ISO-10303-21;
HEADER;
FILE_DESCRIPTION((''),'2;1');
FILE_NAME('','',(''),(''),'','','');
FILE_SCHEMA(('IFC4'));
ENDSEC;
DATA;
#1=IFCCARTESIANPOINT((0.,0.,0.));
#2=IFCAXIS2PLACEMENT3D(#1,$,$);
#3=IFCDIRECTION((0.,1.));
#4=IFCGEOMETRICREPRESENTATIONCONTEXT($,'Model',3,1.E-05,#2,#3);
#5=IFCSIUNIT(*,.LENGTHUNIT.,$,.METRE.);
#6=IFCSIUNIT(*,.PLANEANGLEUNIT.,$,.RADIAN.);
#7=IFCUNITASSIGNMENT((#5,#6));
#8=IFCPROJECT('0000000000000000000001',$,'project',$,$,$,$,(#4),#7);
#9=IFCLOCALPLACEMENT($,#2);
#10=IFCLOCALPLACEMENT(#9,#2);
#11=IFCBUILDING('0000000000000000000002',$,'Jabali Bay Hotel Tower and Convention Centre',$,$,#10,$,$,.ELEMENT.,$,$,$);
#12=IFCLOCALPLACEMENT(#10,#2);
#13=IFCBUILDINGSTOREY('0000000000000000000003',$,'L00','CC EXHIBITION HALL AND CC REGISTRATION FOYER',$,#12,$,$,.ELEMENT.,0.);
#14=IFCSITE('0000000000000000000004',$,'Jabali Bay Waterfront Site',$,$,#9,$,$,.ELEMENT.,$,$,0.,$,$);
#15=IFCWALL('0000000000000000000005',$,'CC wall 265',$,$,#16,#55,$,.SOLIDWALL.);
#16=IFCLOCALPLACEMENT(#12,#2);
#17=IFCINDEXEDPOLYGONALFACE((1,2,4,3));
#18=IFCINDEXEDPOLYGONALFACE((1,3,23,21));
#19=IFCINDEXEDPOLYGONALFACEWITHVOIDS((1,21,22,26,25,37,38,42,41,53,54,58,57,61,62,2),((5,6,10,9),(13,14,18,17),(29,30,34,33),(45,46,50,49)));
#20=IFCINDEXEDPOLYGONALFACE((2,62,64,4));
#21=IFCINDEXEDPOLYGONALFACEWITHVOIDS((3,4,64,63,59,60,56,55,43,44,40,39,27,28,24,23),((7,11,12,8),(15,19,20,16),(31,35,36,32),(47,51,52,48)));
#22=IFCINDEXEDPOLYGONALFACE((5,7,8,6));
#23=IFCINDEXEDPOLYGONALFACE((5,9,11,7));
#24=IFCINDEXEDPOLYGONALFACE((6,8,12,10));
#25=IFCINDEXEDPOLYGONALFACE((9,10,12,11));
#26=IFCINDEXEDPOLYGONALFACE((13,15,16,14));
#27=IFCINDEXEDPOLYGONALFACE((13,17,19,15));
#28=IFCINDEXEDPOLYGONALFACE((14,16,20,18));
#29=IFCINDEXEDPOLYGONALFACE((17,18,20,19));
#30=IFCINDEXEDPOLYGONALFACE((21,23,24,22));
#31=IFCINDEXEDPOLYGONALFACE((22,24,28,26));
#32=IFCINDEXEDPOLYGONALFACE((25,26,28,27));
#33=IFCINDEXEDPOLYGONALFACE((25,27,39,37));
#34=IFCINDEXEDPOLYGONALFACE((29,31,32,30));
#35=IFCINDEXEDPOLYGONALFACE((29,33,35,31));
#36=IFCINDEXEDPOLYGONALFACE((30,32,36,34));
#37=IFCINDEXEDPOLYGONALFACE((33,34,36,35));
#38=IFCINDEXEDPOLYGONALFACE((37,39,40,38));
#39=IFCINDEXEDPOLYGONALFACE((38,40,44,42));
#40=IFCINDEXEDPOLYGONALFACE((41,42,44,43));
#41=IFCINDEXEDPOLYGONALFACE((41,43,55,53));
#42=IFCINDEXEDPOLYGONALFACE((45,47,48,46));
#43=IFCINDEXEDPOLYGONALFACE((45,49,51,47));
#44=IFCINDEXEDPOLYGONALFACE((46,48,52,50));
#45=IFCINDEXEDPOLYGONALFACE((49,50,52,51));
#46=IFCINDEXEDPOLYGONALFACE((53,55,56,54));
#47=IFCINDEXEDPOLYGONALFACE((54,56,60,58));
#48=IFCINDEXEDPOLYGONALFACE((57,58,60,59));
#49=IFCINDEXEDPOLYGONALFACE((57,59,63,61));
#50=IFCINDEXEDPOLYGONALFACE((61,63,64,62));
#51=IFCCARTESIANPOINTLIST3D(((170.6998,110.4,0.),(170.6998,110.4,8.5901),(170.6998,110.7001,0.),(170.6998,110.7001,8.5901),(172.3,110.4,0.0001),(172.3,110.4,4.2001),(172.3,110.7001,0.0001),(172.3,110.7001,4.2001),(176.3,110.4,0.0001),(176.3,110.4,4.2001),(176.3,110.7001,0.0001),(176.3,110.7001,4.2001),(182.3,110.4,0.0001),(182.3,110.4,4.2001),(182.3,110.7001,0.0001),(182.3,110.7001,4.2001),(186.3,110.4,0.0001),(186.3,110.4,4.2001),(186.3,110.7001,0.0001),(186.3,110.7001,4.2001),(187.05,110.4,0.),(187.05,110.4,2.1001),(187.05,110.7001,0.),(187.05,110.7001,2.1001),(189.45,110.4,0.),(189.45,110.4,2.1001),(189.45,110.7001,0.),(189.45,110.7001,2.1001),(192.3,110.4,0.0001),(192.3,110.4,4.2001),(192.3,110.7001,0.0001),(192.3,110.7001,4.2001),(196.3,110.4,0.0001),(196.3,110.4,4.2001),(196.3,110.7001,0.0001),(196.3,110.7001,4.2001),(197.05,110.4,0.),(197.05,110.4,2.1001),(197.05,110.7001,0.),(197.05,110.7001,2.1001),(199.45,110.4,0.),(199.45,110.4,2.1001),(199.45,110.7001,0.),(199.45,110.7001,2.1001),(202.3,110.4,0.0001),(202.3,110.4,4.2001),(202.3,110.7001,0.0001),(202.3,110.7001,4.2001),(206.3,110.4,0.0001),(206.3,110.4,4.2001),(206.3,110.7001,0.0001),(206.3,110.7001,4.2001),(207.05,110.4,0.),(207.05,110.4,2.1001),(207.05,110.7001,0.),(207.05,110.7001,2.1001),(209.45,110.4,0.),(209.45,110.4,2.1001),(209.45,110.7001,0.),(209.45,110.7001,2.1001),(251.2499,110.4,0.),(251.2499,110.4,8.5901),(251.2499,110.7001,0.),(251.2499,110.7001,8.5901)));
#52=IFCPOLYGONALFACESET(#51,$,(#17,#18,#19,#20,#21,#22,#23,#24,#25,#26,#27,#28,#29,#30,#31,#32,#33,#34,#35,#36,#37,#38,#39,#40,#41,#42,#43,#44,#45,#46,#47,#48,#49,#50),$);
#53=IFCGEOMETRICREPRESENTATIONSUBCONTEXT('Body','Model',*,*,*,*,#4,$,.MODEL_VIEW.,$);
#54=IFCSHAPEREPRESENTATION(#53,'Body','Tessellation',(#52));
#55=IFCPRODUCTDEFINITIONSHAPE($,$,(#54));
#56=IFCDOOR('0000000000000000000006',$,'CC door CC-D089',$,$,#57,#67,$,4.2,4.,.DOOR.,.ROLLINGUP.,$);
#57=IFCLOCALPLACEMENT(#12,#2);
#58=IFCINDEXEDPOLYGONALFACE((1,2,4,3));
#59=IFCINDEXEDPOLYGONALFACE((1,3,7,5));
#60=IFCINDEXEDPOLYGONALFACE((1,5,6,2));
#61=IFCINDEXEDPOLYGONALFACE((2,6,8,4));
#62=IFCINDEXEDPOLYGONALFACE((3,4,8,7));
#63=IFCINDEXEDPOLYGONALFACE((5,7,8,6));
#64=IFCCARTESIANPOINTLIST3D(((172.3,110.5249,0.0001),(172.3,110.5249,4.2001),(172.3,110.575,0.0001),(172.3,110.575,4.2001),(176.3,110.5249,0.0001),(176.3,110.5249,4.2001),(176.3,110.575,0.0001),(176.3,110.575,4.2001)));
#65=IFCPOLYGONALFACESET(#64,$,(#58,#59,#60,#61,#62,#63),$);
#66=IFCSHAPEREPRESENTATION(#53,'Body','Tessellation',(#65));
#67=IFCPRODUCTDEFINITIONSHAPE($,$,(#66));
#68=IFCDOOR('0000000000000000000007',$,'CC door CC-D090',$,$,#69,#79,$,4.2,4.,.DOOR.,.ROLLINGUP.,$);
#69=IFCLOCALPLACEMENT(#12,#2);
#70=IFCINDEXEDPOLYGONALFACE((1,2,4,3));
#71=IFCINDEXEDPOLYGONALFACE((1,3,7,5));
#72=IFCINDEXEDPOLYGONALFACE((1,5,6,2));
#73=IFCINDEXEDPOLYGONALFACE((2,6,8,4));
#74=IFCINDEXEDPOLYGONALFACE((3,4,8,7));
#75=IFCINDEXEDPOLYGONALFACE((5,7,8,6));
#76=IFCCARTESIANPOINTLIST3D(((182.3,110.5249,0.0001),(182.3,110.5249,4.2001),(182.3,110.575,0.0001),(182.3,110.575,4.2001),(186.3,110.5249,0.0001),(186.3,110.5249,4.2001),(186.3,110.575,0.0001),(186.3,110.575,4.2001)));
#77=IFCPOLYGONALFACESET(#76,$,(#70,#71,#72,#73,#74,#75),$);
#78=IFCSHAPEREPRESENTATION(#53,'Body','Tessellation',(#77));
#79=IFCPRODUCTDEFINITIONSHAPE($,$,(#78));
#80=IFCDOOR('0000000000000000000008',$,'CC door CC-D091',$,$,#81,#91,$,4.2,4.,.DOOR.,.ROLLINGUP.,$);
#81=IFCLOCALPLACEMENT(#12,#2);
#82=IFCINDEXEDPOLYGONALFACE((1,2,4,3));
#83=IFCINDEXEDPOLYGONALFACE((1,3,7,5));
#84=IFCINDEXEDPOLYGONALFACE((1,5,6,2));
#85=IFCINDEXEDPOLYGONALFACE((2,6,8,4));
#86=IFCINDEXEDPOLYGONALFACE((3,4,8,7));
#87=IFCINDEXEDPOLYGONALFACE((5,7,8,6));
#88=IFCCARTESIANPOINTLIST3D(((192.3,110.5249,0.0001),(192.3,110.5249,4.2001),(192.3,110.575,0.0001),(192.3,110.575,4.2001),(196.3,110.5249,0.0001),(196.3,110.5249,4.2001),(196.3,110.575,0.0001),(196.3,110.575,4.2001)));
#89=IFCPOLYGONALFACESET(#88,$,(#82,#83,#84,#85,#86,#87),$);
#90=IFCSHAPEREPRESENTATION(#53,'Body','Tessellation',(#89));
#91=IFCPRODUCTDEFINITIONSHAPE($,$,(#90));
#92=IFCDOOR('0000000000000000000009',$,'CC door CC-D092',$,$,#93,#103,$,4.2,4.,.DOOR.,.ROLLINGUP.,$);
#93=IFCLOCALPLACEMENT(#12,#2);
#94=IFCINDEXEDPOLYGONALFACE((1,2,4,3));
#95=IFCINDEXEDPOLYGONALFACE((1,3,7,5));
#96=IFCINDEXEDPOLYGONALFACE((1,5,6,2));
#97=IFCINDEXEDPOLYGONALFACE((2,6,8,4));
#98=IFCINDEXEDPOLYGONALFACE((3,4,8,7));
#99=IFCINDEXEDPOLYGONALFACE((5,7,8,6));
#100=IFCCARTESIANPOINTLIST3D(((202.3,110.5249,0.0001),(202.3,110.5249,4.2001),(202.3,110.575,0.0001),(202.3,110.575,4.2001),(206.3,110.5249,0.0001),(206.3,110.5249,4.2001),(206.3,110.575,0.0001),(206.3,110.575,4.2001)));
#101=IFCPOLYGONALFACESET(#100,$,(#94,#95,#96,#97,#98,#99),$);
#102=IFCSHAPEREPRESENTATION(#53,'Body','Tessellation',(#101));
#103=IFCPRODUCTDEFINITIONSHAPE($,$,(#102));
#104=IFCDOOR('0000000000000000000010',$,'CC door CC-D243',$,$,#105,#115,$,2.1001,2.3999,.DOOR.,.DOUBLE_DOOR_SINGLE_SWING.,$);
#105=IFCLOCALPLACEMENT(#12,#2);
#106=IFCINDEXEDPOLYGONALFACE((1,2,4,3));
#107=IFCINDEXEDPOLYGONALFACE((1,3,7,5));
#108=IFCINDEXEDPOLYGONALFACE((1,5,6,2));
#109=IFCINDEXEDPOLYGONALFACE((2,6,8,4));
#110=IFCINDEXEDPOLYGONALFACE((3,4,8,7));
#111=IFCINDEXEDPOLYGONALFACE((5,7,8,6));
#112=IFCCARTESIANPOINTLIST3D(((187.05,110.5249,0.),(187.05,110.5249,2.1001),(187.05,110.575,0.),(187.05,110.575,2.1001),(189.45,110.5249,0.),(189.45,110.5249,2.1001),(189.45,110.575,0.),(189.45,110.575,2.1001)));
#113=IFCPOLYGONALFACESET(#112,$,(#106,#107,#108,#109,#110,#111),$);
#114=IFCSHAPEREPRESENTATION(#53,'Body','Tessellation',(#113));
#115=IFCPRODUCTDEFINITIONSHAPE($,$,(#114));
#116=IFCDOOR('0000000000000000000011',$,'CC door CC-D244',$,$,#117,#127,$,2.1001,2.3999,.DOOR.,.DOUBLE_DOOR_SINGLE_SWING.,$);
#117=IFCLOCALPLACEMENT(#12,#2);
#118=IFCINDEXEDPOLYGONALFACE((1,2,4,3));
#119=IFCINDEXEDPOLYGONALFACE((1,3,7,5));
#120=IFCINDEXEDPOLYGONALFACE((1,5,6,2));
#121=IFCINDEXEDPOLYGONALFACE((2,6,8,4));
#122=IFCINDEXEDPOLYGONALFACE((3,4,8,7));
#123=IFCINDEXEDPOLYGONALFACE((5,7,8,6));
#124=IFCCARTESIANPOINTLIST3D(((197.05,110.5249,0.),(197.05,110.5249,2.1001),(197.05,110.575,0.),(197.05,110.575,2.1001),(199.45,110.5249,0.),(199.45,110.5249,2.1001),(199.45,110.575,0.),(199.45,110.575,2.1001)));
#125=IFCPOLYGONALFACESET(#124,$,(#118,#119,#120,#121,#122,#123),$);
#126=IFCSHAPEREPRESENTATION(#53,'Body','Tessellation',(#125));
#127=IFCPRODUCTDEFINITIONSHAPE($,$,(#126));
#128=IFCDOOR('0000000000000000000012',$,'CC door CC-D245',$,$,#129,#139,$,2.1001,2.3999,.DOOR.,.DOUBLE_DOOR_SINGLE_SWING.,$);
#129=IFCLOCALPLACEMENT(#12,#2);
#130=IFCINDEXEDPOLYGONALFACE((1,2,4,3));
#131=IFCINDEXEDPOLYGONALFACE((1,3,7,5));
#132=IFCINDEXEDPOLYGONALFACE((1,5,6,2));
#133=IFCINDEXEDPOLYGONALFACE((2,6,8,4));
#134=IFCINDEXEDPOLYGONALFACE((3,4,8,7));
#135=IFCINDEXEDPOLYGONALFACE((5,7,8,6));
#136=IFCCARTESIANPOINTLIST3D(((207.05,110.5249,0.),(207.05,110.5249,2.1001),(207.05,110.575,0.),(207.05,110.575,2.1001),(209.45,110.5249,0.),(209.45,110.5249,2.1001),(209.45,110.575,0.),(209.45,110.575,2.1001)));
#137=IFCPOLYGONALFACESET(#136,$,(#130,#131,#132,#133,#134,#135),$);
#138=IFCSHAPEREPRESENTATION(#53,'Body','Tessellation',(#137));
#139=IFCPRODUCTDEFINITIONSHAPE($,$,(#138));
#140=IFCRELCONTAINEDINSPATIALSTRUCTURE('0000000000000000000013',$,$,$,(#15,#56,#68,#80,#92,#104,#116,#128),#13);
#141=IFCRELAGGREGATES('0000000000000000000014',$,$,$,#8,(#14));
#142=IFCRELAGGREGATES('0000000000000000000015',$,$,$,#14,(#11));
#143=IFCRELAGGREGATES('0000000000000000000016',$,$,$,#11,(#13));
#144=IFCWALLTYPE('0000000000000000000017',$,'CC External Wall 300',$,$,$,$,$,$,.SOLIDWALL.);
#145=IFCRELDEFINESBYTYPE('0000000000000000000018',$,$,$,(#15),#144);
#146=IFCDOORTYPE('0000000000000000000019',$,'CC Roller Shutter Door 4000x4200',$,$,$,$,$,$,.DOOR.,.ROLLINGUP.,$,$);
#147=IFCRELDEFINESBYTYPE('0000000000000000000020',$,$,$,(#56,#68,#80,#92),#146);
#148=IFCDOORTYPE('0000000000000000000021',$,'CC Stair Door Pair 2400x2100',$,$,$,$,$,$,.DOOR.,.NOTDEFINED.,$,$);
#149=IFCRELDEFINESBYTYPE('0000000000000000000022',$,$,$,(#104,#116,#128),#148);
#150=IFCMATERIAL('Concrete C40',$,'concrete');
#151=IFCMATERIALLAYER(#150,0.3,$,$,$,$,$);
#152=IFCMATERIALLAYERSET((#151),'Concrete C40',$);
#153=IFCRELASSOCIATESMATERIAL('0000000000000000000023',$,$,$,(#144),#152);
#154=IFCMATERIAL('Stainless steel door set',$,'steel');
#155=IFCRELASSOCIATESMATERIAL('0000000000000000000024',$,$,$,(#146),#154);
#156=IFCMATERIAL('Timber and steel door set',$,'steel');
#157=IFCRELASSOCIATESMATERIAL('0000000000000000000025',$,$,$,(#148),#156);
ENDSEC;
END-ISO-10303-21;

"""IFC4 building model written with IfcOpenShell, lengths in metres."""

from ifc_helpers import new_model, si_unit, direction, frame, frame_2d, origin, place, context, subcontext, project, spatial, rectangle, extrude, material, layer, layer_set, type_object, element, fill, save


model = new_model("IFC4")

# Units and contexts
model_context = context("Model", 3, precision=1e-05, world=origin(), true_north=direction((0.0, 1.0)))
body_context = subcontext(model_context, "Body", "Model", "MODEL_VIEW")
ifc_project = project(units=[si_unit("LENGTHUNIT", "METRE"), si_unit("PLANEANGLEUNIT", "RADIAN")], contexts=[model_context])

# Site, building, storey
site_placement = place(None, origin())
site = spatial("IfcSite", under=ifc_project, at=site_placement, Name="Jabali Bay Waterfront Site", CompositionType="ELEMENT", RefElevation=0.0)
building_placement = place(site_placement, origin())
building = spatial("IfcBuilding", under=site, at=building_placement, Name="Jabali Bay Hotel Tower and Convention Centre", CompositionType="ELEMENT")
storey_placement = place(building_placement, origin())
storey = spatial("IfcBuildingStorey", under=building, at=storey_placement, Name="L00", Description="CC EXHIBITION HALL AND CC REGISTRATION FOYER", CompositionType="ELEMENT", Elevation=0.0)

# Wall, openings, doors
ifc_material_1 = material(Name="Concrete C40", Category="concrete")
ifc_layer_1 = layer(ifc_material_1, 0.3)
ifc_layer_set_1 = layer_set([ifc_layer_1], Name="Concrete C40")
wall_type_1 = type_object("IfcWallType", Name="CC External Wall 300", PredefinedType="SOLIDWALL", material=ifc_layer_set_1)
wall_1_placement = place(storey_placement, frame((170.7, 110.55, 0.0), z_axis=(0.0, 0.0, 1.0), x_axis=(1.0, 0.0, 0.0)))
wall_1 = element("IfcWall", 1, at=wall_1_placement, inside=storey, type_object=wall_type_1, Name="CC wall 265", PredefinedType="SOLIDWALL", context=body_context, shape_type="SweptSolid", body=[
    extrude(rectangle(XDim=80.55, YDim=0.3, at=frame_2d((40.2749, 0.0))), origin(), (0.0, 0.0, 1.0), 8.5901),
])
opening_1_placement = place(wall_1_placement, frame((1.6001, 0.0, 0.0)))
opening_1 = element("IfcOpeningElement", 2, at=opening_1_placement, cuts=wall_1, PredefinedType="OPENING", context=body_context, shape_type="SweptSolid", body=[
    extrude(rectangle(XDim=4.0, YDim=4.2, at=frame_2d((2.0, 2.1001))), frame((0.0, 0.1606, 0.0), z_axis=(0.0, -1.0, 0.0), x_axis=(1.0, 0.0, 0.0)), (0.0, 0.0, 1.0), 0.321),
])
opening_2_placement = place(wall_1_placement, frame((11.6001, 0.0, 0.0)))
opening_2 = element("IfcOpeningElement", 3, at=opening_2_placement, cuts=wall_1, PredefinedType="OPENING", context=body_context, shape_type="SweptSolid", body=[
    extrude(rectangle(XDim=4.0, YDim=4.2, at=frame_2d((2.0, 2.1001))), frame((0.0, 0.1606, 0.0), z_axis=(0.0, -1.0, 0.0), x_axis=(1.0, 0.0, 0.0)), (0.0, 0.0, 1.0), 0.321),
])
opening_3_placement = place(wall_1_placement, frame((21.6001, 0.0, 0.0)))
opening_3 = element("IfcOpeningElement", 4, at=opening_3_placement, cuts=wall_1, PredefinedType="OPENING", context=body_context, shape_type="SweptSolid", body=[
    extrude(rectangle(XDim=4.0, YDim=4.2, at=frame_2d((2.0, 2.1001))), frame((0.0, 0.1606, 0.0), z_axis=(0.0, -1.0, 0.0), x_axis=(1.0, 0.0, 0.0)), (0.0, 0.0, 1.0), 0.321),
])
opening_4_placement = place(wall_1_placement, frame((31.6001, 0.0, 0.0)))
opening_4 = element("IfcOpeningElement", 5, at=opening_4_placement, cuts=wall_1, PredefinedType="OPENING", context=body_context, shape_type="SweptSolid", body=[
    extrude(rectangle(XDim=4.0, YDim=4.2, at=frame_2d((2.0, 2.1001))), frame((0.0, 0.1606, 0.0), z_axis=(0.0, -1.0, 0.0), x_axis=(1.0, 0.0, 0.0)), (0.0, 0.0, 1.0), 0.321),
])
opening_5_placement = place(wall_1_placement, frame((16.3501, 0.0, 0.0)))
opening_5 = element("IfcOpeningElement", 6, at=opening_5_placement, cuts=wall_1, PredefinedType="OPENING", context=body_context, shape_type="SweptSolid", body=[
    extrude(rectangle(XDim=2.3999, YDim=2.1001, at=frame_2d((1.2, 1.05))), frame((0.0, 0.1606, 0.0), z_axis=(0.0, -1.0, 0.0), x_axis=(1.0, 0.0, 0.0)), (0.0, 0.0, 1.0), 0.321),
])
opening_6_placement = place(wall_1_placement, frame((26.3501, 0.0, 0.0)))
opening_6 = element("IfcOpeningElement", 7, at=opening_6_placement, cuts=wall_1, PredefinedType="OPENING", context=body_context, shape_type="SweptSolid", body=[
    extrude(rectangle(XDim=2.3999, YDim=2.1001, at=frame_2d((1.2, 1.05))), frame((0.0, 0.1606, 0.0), z_axis=(0.0, -1.0, 0.0), x_axis=(1.0, 0.0, 0.0)), (0.0, 0.0, 1.0), 0.321),
])
opening_7_placement = place(wall_1_placement, frame((36.3501, 0.0, 0.0)))
opening_7 = element("IfcOpeningElement", 8, at=opening_7_placement, cuts=wall_1, PredefinedType="OPENING", context=body_context, shape_type="SweptSolid", body=[
    extrude(rectangle(XDim=2.3999, YDim=2.1001, at=frame_2d((1.2, 1.05))), frame((0.0, 0.1606, 0.0), z_axis=(0.0, -1.0, 0.0), x_axis=(1.0, 0.0, 0.0)), (0.0, 0.0, 1.0), 0.321),
])
ifc_material_2 = material(Name="Stainless steel door set", Category="steel")
door_type_1 = type_object("IfcDoorType", Name="CC Roller Shutter Door 4000x4200", OperationType="ROLLINGUP", PredefinedType="DOOR", material=ifc_material_2)
door_1_placement = place(opening_1_placement, origin())
door_1 = element("IfcDoor", 9, at=door_1_placement, inside=storey, type_object=door_type_1, Name="CC door CC-D089", OperationType="ROLLINGUP", OverallHeight=4.2, OverallWidth=4.0, PredefinedType="DOOR", context=body_context, shape_type="SweptSolid", body=[
    extrude(rectangle(XDim=4.0, YDim=4.2, at=frame_2d((2.0, 2.1001))), frame((0.0, 0.0249, 0.0), z_axis=(0.0, -1.0, 0.0), x_axis=(1.0, 0.0, 0.0)), (0.0, 0.0, 1.0), 0.05),
])
fill(opening_1, door_1)
door_2_placement = place(opening_2_placement, origin())
door_2 = element("IfcDoor", 10, at=door_2_placement, inside=storey, type_object=door_type_1, Name="CC door CC-D090", OperationType="ROLLINGUP", OverallHeight=4.2, OverallWidth=4.0, PredefinedType="DOOR", context=body_context, shape_type="SweptSolid", body=[
    extrude(rectangle(XDim=4.0, YDim=4.2, at=frame_2d((2.0, 2.1001))), frame((0.0, 0.0249, 0.0), z_axis=(0.0, -1.0, 0.0), x_axis=(1.0, 0.0, 0.0)), (0.0, 0.0, 1.0), 0.05),
])
fill(opening_2, door_2)
door_3_placement = place(opening_3_placement, origin())
door_3 = element("IfcDoor", 11, at=door_3_placement, inside=storey, type_object=door_type_1, Name="CC door CC-D091", OperationType="ROLLINGUP", OverallHeight=4.2, OverallWidth=4.0, PredefinedType="DOOR", context=body_context, shape_type="SweptSolid", body=[
    extrude(rectangle(XDim=4.0, YDim=4.2, at=frame_2d((2.0, 2.1001))), frame((0.0, 0.0249, 0.0), z_axis=(0.0, -1.0, 0.0), x_axis=(1.0, 0.0, 0.0)), (0.0, 0.0, 1.0), 0.05),
])
fill(opening_3, door_3)
door_4_placement = place(opening_4_placement, origin())
door_4 = element("IfcDoor", 12, at=door_4_placement, inside=storey, type_object=door_type_1, Name="CC door CC-D092", OperationType="ROLLINGUP", OverallHeight=4.2, OverallWidth=4.0, PredefinedType="DOOR", context=body_context, shape_type="SweptSolid", body=[
    extrude(rectangle(XDim=4.0, YDim=4.2, at=frame_2d((2.0, 2.1001))), frame((0.0, 0.0249, 0.0), z_axis=(0.0, -1.0, 0.0), x_axis=(1.0, 0.0, 0.0)), (0.0, 0.0, 1.0), 0.05),
])
fill(opening_4, door_4)
ifc_material_3 = material(Name="Timber and steel door set", Category="steel")
door_type_2 = type_object("IfcDoorType", Name="CC Stair Door Pair 2400x2100", OperationType="NOTDEFINED", PredefinedType="DOOR", material=ifc_material_3)
door_5_placement = place(opening_5_placement, origin())
door_5 = element("IfcDoor", 13, at=door_5_placement, inside=storey, type_object=door_type_2, Name="CC door CC-D243", OperationType="DOUBLE_DOOR_SINGLE_SWING", OverallHeight=2.1001, OverallWidth=2.3999, PredefinedType="DOOR", context=body_context, shape_type="SweptSolid", body=[
    extrude(rectangle(XDim=2.3999, YDim=2.1001, at=frame_2d((1.2, 1.05))), frame((0.0, 0.0249, 0.0), z_axis=(0.0, -1.0, 0.0), x_axis=(1.0, 0.0, 0.0)), (0.0, 0.0, 1.0), 0.05),
])
fill(opening_5, door_5)
door_6_placement = place(opening_6_placement, origin())
door_6 = element("IfcDoor", 14, at=door_6_placement, inside=storey, type_object=door_type_2, Name="CC door CC-D244", OperationType="DOUBLE_DOOR_SINGLE_SWING", OverallHeight=2.1001, OverallWidth=2.3999, PredefinedType="DOOR", context=body_context, shape_type="SweptSolid", body=[
    extrude(rectangle(XDim=2.3999, YDim=2.1001, at=frame_2d((1.2, 1.05))), frame((0.0, 0.0249, 0.0), z_axis=(0.0, -1.0, 0.0), x_axis=(1.0, 0.0, 0.0)), (0.0, 0.0, 1.0), 0.05),
])
fill(opening_6, door_6)
door_7_placement = place(opening_7_placement, origin())
door_7 = element("IfcDoor", 15, at=door_7_placement, inside=storey, type_object=door_type_2, Name="CC door CC-D245", OperationType="DOUBLE_DOOR_SINGLE_SWING", OverallHeight=2.1001, OverallWidth=2.3999, PredefinedType="DOOR", context=body_context, shape_type="SweptSolid", body=[
    extrude(rectangle(XDim=2.3999, YDim=2.1001, at=frame_2d((1.2, 1.05))), frame((0.0, 0.0249, 0.0), z_axis=(0.0, -1.0, 0.0), x_axis=(1.0, 0.0, 0.0)), (0.0, 0.0, 1.0), 0.05),
])
fill(opening_7, door_7)

save(model, "model.ifc")
